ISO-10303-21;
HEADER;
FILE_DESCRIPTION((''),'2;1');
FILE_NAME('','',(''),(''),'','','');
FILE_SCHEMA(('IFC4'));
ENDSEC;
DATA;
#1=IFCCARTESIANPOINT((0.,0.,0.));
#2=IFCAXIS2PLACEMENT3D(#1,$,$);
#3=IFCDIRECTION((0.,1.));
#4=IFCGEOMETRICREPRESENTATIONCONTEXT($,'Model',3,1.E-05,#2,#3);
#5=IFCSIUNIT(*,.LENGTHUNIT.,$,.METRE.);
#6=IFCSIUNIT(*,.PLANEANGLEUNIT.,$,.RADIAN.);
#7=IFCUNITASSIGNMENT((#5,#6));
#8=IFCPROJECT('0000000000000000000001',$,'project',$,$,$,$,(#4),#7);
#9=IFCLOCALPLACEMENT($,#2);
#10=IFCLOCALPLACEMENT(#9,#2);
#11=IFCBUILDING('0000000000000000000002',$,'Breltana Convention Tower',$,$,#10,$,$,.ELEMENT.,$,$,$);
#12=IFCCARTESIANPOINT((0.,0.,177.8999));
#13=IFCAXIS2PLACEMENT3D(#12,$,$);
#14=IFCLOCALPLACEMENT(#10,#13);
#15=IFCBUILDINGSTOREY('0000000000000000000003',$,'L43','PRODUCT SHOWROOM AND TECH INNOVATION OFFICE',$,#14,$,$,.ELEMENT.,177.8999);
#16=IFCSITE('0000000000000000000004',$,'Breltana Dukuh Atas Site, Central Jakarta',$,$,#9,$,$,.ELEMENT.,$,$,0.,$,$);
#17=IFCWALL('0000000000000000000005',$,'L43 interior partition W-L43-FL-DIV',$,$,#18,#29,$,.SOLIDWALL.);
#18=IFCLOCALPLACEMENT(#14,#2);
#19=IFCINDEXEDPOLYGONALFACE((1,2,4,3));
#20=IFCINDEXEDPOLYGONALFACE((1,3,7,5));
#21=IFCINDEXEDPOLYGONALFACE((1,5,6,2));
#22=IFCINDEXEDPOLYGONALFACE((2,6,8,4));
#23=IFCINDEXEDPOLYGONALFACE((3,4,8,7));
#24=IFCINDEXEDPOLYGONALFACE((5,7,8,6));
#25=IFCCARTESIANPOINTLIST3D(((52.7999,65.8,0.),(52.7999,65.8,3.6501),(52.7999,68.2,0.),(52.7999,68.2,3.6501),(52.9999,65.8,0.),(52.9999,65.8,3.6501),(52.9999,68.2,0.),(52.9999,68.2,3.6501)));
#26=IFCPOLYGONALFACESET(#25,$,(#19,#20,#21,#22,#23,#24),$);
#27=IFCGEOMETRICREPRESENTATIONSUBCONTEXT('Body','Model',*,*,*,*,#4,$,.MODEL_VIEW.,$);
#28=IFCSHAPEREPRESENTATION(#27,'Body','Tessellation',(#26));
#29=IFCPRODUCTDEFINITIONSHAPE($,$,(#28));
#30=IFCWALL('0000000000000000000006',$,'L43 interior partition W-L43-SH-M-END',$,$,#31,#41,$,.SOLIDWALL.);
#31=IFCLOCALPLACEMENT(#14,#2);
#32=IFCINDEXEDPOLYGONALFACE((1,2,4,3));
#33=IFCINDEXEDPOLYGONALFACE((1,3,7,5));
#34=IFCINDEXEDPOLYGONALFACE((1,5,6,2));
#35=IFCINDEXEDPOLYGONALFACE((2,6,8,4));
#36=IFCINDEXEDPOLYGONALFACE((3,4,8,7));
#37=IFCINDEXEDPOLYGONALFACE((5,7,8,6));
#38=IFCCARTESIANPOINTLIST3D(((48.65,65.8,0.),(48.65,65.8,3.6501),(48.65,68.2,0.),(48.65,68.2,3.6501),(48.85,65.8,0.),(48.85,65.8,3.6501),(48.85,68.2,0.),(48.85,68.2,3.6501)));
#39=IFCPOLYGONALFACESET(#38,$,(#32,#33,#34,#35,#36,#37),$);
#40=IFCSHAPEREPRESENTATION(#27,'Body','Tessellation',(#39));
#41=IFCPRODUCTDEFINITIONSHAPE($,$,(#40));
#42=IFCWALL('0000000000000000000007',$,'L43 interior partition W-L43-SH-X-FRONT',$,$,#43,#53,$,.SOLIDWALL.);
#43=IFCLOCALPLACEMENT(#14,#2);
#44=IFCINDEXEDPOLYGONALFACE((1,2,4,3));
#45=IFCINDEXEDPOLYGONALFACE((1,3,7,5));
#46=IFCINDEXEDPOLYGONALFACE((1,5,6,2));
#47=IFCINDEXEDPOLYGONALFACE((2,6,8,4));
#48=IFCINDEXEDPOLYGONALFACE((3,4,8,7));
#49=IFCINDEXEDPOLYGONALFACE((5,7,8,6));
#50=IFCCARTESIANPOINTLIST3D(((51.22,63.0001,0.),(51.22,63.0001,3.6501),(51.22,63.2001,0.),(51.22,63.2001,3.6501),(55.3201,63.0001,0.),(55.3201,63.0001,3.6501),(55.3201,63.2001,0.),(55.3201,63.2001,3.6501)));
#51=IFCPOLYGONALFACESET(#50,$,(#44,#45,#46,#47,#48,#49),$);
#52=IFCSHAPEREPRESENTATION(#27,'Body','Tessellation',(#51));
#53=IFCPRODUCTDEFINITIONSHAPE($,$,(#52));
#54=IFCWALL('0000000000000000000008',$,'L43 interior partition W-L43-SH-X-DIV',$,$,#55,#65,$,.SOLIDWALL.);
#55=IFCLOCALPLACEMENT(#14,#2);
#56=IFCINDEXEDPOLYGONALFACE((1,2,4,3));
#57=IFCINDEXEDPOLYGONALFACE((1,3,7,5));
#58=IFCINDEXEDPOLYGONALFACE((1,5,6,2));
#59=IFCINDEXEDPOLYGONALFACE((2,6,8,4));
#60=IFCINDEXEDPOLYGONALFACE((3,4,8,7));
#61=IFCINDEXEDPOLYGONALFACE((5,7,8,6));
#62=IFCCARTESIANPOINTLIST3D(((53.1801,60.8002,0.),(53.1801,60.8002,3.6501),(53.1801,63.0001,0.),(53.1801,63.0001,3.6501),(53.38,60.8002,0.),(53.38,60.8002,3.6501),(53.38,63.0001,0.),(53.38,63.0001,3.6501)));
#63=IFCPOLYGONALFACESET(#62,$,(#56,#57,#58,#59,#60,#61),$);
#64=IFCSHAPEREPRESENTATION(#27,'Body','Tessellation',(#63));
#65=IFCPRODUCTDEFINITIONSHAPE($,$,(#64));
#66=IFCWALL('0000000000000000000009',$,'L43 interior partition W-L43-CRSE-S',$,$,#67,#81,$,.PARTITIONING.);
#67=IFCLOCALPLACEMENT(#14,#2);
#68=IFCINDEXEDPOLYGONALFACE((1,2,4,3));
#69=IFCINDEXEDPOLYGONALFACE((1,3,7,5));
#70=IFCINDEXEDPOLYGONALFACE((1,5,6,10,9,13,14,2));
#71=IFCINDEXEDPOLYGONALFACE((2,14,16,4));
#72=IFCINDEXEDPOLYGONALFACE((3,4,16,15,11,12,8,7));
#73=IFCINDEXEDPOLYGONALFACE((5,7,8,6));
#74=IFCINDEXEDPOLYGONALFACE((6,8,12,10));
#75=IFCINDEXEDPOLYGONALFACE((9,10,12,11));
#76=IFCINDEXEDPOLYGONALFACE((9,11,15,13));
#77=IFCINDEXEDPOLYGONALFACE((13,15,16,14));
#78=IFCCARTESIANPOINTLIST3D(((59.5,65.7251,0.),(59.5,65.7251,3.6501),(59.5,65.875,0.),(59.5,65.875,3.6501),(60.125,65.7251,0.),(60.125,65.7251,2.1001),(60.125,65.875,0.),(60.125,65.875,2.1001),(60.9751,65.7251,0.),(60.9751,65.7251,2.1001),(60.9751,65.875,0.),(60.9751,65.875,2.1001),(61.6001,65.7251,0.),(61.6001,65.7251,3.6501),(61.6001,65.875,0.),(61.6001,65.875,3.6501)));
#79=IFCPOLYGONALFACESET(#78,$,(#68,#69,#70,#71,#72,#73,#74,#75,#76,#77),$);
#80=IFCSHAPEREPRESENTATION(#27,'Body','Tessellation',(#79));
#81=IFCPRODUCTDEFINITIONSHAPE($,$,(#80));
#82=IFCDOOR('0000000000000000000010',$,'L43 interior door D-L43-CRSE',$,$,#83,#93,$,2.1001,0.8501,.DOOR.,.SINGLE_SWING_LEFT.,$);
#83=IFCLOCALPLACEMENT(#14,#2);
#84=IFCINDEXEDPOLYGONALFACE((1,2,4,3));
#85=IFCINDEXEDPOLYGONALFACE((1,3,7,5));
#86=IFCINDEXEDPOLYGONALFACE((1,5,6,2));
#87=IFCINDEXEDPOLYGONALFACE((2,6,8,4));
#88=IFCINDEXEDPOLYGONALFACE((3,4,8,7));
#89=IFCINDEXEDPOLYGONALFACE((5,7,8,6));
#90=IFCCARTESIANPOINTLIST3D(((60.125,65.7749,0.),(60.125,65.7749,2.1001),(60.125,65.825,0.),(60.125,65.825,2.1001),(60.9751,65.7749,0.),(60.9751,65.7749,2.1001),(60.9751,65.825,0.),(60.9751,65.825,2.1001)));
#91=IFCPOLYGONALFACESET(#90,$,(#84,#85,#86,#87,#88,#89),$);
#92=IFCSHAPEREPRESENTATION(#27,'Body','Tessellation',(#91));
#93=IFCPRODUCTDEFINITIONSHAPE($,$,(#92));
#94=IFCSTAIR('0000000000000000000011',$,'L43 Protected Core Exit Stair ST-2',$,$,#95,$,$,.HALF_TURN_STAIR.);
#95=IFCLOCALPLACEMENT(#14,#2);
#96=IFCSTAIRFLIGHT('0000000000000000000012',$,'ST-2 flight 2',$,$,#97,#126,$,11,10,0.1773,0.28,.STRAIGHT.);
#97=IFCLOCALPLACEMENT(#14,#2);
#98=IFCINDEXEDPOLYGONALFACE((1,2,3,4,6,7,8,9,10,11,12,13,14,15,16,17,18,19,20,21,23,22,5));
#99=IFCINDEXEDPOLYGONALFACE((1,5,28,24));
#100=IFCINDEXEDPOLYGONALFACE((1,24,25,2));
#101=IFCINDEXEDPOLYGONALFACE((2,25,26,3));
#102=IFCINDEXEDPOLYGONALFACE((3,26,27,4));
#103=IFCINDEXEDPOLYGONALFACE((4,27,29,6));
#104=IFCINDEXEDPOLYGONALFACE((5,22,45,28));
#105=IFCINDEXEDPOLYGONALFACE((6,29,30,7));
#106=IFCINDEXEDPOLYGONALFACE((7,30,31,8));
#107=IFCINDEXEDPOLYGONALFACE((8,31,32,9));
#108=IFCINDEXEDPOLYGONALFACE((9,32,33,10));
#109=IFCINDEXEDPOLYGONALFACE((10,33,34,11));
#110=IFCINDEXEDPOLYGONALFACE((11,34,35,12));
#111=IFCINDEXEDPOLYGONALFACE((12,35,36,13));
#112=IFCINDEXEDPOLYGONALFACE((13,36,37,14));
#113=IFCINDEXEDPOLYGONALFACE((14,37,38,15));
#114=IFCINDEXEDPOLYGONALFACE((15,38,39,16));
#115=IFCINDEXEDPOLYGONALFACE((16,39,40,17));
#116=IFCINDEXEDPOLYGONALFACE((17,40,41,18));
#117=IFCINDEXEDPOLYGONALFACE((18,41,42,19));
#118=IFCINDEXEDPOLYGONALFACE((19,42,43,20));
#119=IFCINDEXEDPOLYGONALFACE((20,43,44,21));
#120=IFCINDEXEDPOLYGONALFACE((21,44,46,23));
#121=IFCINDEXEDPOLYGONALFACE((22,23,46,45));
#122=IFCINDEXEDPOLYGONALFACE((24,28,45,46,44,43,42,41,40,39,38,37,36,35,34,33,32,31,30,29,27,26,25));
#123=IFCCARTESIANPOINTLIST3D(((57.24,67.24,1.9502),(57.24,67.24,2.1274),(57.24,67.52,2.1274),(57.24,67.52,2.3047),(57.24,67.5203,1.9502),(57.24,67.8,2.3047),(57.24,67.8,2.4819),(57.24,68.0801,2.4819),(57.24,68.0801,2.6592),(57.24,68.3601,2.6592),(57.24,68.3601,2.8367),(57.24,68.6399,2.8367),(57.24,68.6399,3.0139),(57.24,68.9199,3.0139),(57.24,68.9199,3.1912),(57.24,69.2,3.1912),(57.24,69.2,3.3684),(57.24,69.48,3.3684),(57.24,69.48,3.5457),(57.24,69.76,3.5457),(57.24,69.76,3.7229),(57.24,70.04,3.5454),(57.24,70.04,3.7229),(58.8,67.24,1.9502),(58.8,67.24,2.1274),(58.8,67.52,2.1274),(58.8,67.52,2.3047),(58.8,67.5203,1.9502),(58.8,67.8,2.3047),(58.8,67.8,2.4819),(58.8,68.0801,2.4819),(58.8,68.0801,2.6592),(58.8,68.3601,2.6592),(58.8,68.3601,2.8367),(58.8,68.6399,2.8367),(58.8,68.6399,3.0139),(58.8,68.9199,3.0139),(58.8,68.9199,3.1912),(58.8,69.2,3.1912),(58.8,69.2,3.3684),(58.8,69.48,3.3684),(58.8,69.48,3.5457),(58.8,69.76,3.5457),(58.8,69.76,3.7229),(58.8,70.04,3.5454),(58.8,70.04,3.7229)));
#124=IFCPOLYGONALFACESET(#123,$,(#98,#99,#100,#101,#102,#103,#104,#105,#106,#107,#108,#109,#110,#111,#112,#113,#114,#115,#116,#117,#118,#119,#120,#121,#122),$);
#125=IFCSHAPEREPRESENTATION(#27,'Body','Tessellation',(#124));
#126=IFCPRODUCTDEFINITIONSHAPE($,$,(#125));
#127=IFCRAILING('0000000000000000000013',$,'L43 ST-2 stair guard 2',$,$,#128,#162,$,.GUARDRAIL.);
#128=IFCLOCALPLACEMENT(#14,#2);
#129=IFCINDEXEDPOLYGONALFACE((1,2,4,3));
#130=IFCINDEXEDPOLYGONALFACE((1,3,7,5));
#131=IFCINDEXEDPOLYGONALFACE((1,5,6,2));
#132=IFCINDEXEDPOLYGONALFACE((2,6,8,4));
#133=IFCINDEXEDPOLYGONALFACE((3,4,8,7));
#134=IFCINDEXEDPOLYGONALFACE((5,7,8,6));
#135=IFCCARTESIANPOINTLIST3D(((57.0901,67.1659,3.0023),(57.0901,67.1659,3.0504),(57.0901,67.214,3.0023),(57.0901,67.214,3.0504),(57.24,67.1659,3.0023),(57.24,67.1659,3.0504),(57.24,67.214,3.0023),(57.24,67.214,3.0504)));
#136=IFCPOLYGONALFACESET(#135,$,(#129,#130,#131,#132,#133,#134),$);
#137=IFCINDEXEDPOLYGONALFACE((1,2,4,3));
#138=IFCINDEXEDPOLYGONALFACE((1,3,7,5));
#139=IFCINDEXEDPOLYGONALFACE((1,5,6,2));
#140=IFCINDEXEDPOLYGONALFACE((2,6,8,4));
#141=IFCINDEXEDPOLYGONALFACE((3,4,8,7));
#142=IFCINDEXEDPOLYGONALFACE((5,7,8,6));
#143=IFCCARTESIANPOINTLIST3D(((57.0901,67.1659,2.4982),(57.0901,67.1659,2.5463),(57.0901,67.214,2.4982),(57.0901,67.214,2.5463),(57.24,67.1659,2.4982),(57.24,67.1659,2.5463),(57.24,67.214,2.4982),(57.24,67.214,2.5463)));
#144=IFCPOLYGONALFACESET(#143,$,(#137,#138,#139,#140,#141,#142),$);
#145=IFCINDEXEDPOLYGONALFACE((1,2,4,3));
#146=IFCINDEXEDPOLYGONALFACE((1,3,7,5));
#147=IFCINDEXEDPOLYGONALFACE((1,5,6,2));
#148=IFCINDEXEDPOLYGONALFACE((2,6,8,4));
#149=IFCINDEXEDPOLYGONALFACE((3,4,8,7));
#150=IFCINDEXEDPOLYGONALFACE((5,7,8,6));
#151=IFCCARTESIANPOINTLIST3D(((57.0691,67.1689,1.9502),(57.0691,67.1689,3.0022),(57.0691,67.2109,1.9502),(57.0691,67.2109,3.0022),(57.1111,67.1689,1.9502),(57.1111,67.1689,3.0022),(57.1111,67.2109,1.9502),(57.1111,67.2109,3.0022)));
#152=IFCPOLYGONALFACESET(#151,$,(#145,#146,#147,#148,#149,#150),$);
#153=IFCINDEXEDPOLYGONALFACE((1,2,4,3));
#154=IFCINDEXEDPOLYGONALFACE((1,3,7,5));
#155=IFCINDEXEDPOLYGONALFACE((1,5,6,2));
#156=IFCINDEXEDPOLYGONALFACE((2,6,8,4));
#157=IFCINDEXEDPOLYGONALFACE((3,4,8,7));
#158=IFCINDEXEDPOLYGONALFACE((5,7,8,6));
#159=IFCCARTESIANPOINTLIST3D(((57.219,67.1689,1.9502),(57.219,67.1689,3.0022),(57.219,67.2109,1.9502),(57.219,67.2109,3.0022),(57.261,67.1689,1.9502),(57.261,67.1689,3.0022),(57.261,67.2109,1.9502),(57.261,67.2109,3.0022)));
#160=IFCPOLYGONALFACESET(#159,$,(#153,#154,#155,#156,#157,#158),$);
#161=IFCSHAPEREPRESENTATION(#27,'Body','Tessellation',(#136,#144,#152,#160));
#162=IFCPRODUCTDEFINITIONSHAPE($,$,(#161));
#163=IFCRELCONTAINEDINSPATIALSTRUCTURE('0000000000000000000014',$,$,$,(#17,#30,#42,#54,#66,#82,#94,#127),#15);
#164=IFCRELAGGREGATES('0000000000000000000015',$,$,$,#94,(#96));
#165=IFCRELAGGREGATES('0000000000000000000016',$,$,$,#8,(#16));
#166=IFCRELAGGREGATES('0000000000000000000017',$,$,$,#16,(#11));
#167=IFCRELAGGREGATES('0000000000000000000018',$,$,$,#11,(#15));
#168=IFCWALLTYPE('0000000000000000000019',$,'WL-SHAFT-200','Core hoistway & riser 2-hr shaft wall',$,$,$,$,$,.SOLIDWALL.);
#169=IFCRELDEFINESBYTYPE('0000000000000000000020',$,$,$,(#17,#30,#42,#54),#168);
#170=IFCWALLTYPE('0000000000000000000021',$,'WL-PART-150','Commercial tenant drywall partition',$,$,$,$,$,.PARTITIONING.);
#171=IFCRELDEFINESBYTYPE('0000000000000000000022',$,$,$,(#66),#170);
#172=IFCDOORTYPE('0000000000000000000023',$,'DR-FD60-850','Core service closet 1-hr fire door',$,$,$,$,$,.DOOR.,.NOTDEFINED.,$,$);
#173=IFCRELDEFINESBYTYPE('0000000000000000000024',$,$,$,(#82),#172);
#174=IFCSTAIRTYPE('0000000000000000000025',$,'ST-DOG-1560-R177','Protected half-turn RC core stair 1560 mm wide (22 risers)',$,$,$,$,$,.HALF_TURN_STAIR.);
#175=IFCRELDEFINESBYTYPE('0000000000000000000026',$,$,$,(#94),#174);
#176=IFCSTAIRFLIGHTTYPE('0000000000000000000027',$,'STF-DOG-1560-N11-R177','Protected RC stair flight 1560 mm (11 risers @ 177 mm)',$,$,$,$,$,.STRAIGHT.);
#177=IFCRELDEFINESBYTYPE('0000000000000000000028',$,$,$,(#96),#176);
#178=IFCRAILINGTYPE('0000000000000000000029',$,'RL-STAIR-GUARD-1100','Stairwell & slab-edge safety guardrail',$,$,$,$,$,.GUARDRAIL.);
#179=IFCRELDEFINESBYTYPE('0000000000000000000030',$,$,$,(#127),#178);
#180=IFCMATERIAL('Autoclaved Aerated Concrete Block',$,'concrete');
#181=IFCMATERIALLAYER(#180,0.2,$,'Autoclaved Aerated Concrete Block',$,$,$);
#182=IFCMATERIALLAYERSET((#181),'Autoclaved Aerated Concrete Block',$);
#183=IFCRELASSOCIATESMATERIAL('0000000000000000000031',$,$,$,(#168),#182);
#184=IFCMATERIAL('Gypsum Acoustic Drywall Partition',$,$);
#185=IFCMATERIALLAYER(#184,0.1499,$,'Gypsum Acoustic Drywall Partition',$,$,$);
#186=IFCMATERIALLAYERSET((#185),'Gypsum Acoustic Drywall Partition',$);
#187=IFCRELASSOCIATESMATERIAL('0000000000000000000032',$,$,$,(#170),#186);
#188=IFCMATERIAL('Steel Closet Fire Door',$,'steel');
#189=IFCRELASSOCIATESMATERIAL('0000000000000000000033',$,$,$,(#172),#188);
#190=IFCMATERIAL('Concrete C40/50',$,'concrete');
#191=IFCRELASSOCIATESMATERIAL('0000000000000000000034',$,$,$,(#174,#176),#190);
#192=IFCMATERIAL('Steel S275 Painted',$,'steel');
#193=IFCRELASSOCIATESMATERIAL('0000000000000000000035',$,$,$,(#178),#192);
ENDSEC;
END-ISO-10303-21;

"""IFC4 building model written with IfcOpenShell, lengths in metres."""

from ifc_helpers import new_model, si_unit, direction, frame, frame_2d, origin, origin_2d, place, context, subcontext, project, spatial, polyline, rectangle, outline, extrude, source, transform, mapped, material, layer, layer_set, type_object, type_shapes, element, fill, aggregate, save


model = new_model("IFC4")

# Units and contexts
model_context = context("Model", 3, precision=1e-05, world=origin(), true_north=direction((0.0, 1.0)))
body_context = subcontext(model_context, "Body", "Model", "MODEL_VIEW")
ifc_project = project(units=[si_unit("LENGTHUNIT", "METRE"), si_unit("PLANEANGLEUNIT", "RADIAN")], contexts=[model_context])

# Site, building, storey
site_placement = place(None, origin())
site = spatial("IfcSite", under=ifc_project, at=site_placement, Name="Breltana Dukuh Atas Site, Central Jakarta", CompositionType="ELEMENT", RefElevation=0.0)
building_placement = place(site_placement, origin())
building = spatial("IfcBuilding", under=site, at=building_placement, Name="Breltana Convention Tower", CompositionType="ELEMENT")
storey_placement = place(building_placement, frame((0.0, 0.0, 177.8999)))
storey = spatial("IfcBuildingStorey", under=building, at=storey_placement, Name="L43", Description="PRODUCT SHOWROOM AND TECH INNOVATION OFFICE", CompositionType="ELEMENT", Elevation=177.8999)

# Walls
ifc_material_1 = material(Name="Autoclaved Aerated Concrete Block", Category="concrete")
ifc_layer_1 = layer(ifc_material_1, 0.2, Name="Autoclaved Aerated Concrete Block")
ifc_layer_set_1 = layer_set([ifc_layer_1], Name="Autoclaved Aerated Concrete Block")
wall_type_1 = type_object("IfcWallType", Name="WL-SHAFT-200", Description="Core hoistway & riser 2-hr shaft wall", PredefinedType="SOLIDWALL", material=ifc_layer_set_1)
shared_shape_1 = source(origin(), body_context, "Body", "SweptSolid", [
    extrude(rectangle(XDim=2.3999, YDim=0.2, at=frame_2d((1.2, 0.0))), origin(), (0.0, 0.0, 1.0), 3.6501),
])
for number, where, z_axis, x_axis, name in (
    (1, (52.8999, 65.8, 0.0), (0.0, 0.0, 1.0), (0.0, 1.0, 0.0), "L43 interior partition W-L43-FL-DIV"),
    (2, (48.75, 65.8, 0.0), (0.0, 0.0, 1.0), (0.0, 1.0, 0.0), "L43 interior partition W-L43-SH-M-END"),
):
    element("IfcWall", number, at=place(storey_placement, frame(where, z_axis=z_axis, x_axis=x_axis)), inside=storey, type_object=wall_type_1, Name=name, PredefinedType="SOLIDWALL", context=body_context, shape_type="MappedRepresentation", body=[
        mapped(shared_shape_1, transform((0.0, 0.0, 0.0), scale=1.0)),
    ])
shared_shape_2 = source(origin(), body_context, "Body", "SweptSolid", [
    extrude(rectangle(XDim=4.1001, YDim=0.2, at=frame_2d((2.05, 0.0))), origin(), (0.0, 0.0, 1.0), 3.6501),
])
wall_1_placement = place(storey_placement, frame((51.22, 63.1001, 0.0), z_axis=(0.0, 0.0, 1.0), x_axis=(1.0, 0.0, 0.0)))
element("IfcWall", 3, at=wall_1_placement, inside=storey, type_object=wall_type_1, Name="L43 interior partition W-L43-SH-X-FRONT", PredefinedType="SOLIDWALL", context=body_context, shape_type="MappedRepresentation", body=[
    mapped(shared_shape_2, transform((0.0, 0.0, 0.0), scale=1.0)),
])
shared_shape_3 = source(origin(), body_context, "Body", "SweptSolid", [
    extrude(rectangle(XDim=2.2, YDim=0.2, at=frame_2d((1.1001, 0.0))), origin(), (0.0, 0.0, 1.0), 3.6501),
])
wall_2_placement = place(storey_placement, frame((53.28, 60.8, 0.0), z_axis=(0.0, 0.0, 1.0), x_axis=(0.0, 1.0, 0.0)))
element("IfcWall", 4, at=wall_2_placement, inside=storey, type_object=wall_type_1, Name="L43 interior partition W-L43-SH-X-DIV", PredefinedType="SOLIDWALL", context=body_context, shape_type="MappedRepresentation", body=[
    mapped(shared_shape_3, transform((0.0, 0.0, 0.0), scale=1.0)),
])

# Wall, opening, door
ifc_material_2 = material(Name="Gypsum Acoustic Drywall Partition")
ifc_layer_2 = layer(ifc_material_2, 0.1499, Name="Gypsum Acoustic Drywall Partition")
ifc_layer_set_2 = layer_set([ifc_layer_2], Name="Gypsum Acoustic Drywall Partition")
wall_type_2 = type_object("IfcWallType", Name="WL-PART-150", Description="Commercial tenant drywall partition", PredefinedType="PARTITIONING", material=ifc_layer_set_2)
shared_shape_4 = source(origin(), body_context, "Body", "SweptSolid", [
    extrude(rectangle(XDim=2.1001, YDim=0.1499, at=frame_2d((1.05, 0.0))), origin(), (0.0, 0.0, 1.0), 3.6501),
])
wall_3_placement = place(storey_placement, frame((59.5, 65.8, 0.0), z_axis=(0.0, 0.0, 1.0), x_axis=(1.0, 0.0, 0.0)))
wall_3 = element("IfcWall", 5, at=wall_3_placement, inside=storey, type_object=wall_type_2, Name="L43 interior partition W-L43-CRSE-S", PredefinedType="PARTITIONING", context=body_context, shape_type="MappedRepresentation", body=[
    mapped(shared_shape_4, transform((0.0, 0.0, 0.0), scale=1.0)),
])
opening_1_placement = place(wall_3_placement, frame((0.625, 0.0, 0.0)))
opening_1 = element("IfcOpeningElement", 6, at=opening_1_placement, cuts=wall_3, PredefinedType="OPENING", context=body_context, shape_type="SweptSolid", body=[
    extrude(rectangle(XDim=0.8501, YDim=2.1001, at=frame_2d((0.425, 1.05))), frame((0.0, 0.085, 0.0), z_axis=(0.0, -1.0, 0.0), x_axis=(1.0, 0.0, 0.0)), (0.0, 0.0, 1.0), 0.1699),
])
ifc_material_3 = material(Name="Steel Closet Fire Door", Category="steel")
door_type_1 = type_object("IfcDoorType", Name="DR-FD60-850", Description="Core service closet 1-hr fire door", OperationType="NOTDEFINED", PredefinedType="DOOR", material=ifc_material_3)
shared_shape_5 = source(origin(), body_context, "Body", "SweptSolid", [
    extrude(rectangle(XDim=0.8501, YDim=2.1001, at=frame_2d((0.425, 1.05))), frame((0.0, 0.0249, 0.0), z_axis=(0.0, -1.0, 0.0), x_axis=(1.0, 0.0, 0.0)), (0.0, 0.0, 1.0), 0.05),
])
type_shapes(door_type_1, [shared_shape_5])
door_1_placement = place(opening_1_placement, origin())
door_1 = element("IfcDoor", 7, at=door_1_placement, inside=storey, type_object=door_type_1, Name="L43 interior door D-L43-CRSE", OperationType="SINGLE_SWING_LEFT", OverallHeight=2.1001, OverallWidth=0.8501, PredefinedType="DOOR", context=body_context, shape_type="MappedRepresentation", body=[
    mapped(shared_shape_5, transform((0.0, 0.0, 0.0), scale=1.0)),
])
fill(opening_1, door_1)

# Stair, stair flight
ifc_material_4 = material(Name="Concrete C40/50", Category="concrete")
stair_type = type_object("IfcStairType", Name="ST-DOG-1560-R177", Description="Protected half-turn RC core stair 1560 mm wide (22 risers)", PredefinedType="HALF_TURN_STAIR", material=ifc_material_4)
stair_placement = place(storey_placement, origin())
stair = element("IfcStair", 8, at=stair_placement, inside=storey, type_object=stair_type, Name="L43 Protected Core Exit Stair ST-2", PredefinedType="HALF_TURN_STAIR")
stair_flight_type = type_object("IfcStairFlightType", Name="STF-DOG-1560-N11-R177", Description="Protected RC stair flight 1560 mm (11 risers @ 177 mm)", PredefinedType="STRAIGHT", material=ifc_material_4)
stair_flight_placement = place(storey_placement, frame((58.02, 67.24, 1.9502), z_axis=(0.0, 0.0, 1.0), x_axis=(0.0, 1.0, 0.0)))
stair_flight = element("IfcStairFlight", 9, at=stair_flight_placement, type_object=stair_flight_type, Name="ST-2 flight 2", NumberOfRisers=11, NumberOfTreads=10, PredefinedType="STRAIGHT", RiserHeight=0.1773, TreadLength=0.28, context=body_context, shape_type="SweptSolid", body=[
    extrude(outline(polyline([(0.0, 0.0), (0.0, 0.1772), (0.28, 0.1772), (0.28, 0.3545), (0.5601, 0.3545), (0.5601, 0.5317), (0.8401, 0.5317), (0.8401, 0.709), (1.1201, 0.709), (1.1201, 0.8865), (1.3999, 0.8865), (1.3999, 1.0637), (1.6799, 1.0637), (1.6799, 1.241), (1.96, 1.241), (1.96, 1.4182), (2.24, 1.4182), (2.24, 1.5955), (2.52, 1.5955), (2.52, 1.7727), (2.8, 1.7727), (2.8, 1.95), (2.8, 1.5952), (0.2803, 0.0), (0.0, 0.0)])), frame((0.0, 0.78, 0.0), z_axis=(0.0, -1.0, 0.0), x_axis=(1.0, 0.0, 0.0)), (0.0, 0.0, 1.0), 1.5601),
])
aggregate(stair, [stair_flight])

# Railing
ifc_material_5 = material(Name="Steel S275 Painted", Category="steel")
railing_type = type_object("IfcRailingType", Name="RL-STAIR-GUARD-1100", Description="Stairwell & slab-edge safety guardrail", PredefinedType="GUARDRAIL", material=ifc_material_5)
railing_1_placement = place(storey_placement, frame((57.0901, 67.1899, 1.9502)))
element("IfcRailing", 10, at=railing_1_placement, inside=storey, type_object=railing_type, Name="L43 ST-2 stair guard 2", PredefinedType="GUARDRAIL", context=body_context, shape_type="SweptSolid", body=[
    extrude(rectangle(XDim=0.0481, YDim=0.0481, at=origin_2d()), frame((0.0, 0.0, 1.0762), z_axis=(1.0, 0.0, 0.0), x_axis=(0.0, 1.0, 0.0)), (0.0, 0.0, 1.0), 0.1499),
    extrude(rectangle(XDim=0.0481, YDim=0.0481, at=origin_2d()), frame((0.0, 0.0, 0.572), z_axis=(1.0, 0.0, 0.0), x_axis=(0.0, 1.0, 0.0)), (0.0, 0.0, 1.0), 0.1499),
    extrude(rectangle(XDim=0.042, YDim=0.042, at=origin_2d()), origin(), (0.0, 0.0, 1.0), 1.052),
    extrude(rectangle(XDim=0.042, YDim=0.042, at=origin_2d()), frame((0.1499, 0.0, 0.0)), (0.0, 0.0, 1.0), 1.052),
])

save(model, "model.ifc")
